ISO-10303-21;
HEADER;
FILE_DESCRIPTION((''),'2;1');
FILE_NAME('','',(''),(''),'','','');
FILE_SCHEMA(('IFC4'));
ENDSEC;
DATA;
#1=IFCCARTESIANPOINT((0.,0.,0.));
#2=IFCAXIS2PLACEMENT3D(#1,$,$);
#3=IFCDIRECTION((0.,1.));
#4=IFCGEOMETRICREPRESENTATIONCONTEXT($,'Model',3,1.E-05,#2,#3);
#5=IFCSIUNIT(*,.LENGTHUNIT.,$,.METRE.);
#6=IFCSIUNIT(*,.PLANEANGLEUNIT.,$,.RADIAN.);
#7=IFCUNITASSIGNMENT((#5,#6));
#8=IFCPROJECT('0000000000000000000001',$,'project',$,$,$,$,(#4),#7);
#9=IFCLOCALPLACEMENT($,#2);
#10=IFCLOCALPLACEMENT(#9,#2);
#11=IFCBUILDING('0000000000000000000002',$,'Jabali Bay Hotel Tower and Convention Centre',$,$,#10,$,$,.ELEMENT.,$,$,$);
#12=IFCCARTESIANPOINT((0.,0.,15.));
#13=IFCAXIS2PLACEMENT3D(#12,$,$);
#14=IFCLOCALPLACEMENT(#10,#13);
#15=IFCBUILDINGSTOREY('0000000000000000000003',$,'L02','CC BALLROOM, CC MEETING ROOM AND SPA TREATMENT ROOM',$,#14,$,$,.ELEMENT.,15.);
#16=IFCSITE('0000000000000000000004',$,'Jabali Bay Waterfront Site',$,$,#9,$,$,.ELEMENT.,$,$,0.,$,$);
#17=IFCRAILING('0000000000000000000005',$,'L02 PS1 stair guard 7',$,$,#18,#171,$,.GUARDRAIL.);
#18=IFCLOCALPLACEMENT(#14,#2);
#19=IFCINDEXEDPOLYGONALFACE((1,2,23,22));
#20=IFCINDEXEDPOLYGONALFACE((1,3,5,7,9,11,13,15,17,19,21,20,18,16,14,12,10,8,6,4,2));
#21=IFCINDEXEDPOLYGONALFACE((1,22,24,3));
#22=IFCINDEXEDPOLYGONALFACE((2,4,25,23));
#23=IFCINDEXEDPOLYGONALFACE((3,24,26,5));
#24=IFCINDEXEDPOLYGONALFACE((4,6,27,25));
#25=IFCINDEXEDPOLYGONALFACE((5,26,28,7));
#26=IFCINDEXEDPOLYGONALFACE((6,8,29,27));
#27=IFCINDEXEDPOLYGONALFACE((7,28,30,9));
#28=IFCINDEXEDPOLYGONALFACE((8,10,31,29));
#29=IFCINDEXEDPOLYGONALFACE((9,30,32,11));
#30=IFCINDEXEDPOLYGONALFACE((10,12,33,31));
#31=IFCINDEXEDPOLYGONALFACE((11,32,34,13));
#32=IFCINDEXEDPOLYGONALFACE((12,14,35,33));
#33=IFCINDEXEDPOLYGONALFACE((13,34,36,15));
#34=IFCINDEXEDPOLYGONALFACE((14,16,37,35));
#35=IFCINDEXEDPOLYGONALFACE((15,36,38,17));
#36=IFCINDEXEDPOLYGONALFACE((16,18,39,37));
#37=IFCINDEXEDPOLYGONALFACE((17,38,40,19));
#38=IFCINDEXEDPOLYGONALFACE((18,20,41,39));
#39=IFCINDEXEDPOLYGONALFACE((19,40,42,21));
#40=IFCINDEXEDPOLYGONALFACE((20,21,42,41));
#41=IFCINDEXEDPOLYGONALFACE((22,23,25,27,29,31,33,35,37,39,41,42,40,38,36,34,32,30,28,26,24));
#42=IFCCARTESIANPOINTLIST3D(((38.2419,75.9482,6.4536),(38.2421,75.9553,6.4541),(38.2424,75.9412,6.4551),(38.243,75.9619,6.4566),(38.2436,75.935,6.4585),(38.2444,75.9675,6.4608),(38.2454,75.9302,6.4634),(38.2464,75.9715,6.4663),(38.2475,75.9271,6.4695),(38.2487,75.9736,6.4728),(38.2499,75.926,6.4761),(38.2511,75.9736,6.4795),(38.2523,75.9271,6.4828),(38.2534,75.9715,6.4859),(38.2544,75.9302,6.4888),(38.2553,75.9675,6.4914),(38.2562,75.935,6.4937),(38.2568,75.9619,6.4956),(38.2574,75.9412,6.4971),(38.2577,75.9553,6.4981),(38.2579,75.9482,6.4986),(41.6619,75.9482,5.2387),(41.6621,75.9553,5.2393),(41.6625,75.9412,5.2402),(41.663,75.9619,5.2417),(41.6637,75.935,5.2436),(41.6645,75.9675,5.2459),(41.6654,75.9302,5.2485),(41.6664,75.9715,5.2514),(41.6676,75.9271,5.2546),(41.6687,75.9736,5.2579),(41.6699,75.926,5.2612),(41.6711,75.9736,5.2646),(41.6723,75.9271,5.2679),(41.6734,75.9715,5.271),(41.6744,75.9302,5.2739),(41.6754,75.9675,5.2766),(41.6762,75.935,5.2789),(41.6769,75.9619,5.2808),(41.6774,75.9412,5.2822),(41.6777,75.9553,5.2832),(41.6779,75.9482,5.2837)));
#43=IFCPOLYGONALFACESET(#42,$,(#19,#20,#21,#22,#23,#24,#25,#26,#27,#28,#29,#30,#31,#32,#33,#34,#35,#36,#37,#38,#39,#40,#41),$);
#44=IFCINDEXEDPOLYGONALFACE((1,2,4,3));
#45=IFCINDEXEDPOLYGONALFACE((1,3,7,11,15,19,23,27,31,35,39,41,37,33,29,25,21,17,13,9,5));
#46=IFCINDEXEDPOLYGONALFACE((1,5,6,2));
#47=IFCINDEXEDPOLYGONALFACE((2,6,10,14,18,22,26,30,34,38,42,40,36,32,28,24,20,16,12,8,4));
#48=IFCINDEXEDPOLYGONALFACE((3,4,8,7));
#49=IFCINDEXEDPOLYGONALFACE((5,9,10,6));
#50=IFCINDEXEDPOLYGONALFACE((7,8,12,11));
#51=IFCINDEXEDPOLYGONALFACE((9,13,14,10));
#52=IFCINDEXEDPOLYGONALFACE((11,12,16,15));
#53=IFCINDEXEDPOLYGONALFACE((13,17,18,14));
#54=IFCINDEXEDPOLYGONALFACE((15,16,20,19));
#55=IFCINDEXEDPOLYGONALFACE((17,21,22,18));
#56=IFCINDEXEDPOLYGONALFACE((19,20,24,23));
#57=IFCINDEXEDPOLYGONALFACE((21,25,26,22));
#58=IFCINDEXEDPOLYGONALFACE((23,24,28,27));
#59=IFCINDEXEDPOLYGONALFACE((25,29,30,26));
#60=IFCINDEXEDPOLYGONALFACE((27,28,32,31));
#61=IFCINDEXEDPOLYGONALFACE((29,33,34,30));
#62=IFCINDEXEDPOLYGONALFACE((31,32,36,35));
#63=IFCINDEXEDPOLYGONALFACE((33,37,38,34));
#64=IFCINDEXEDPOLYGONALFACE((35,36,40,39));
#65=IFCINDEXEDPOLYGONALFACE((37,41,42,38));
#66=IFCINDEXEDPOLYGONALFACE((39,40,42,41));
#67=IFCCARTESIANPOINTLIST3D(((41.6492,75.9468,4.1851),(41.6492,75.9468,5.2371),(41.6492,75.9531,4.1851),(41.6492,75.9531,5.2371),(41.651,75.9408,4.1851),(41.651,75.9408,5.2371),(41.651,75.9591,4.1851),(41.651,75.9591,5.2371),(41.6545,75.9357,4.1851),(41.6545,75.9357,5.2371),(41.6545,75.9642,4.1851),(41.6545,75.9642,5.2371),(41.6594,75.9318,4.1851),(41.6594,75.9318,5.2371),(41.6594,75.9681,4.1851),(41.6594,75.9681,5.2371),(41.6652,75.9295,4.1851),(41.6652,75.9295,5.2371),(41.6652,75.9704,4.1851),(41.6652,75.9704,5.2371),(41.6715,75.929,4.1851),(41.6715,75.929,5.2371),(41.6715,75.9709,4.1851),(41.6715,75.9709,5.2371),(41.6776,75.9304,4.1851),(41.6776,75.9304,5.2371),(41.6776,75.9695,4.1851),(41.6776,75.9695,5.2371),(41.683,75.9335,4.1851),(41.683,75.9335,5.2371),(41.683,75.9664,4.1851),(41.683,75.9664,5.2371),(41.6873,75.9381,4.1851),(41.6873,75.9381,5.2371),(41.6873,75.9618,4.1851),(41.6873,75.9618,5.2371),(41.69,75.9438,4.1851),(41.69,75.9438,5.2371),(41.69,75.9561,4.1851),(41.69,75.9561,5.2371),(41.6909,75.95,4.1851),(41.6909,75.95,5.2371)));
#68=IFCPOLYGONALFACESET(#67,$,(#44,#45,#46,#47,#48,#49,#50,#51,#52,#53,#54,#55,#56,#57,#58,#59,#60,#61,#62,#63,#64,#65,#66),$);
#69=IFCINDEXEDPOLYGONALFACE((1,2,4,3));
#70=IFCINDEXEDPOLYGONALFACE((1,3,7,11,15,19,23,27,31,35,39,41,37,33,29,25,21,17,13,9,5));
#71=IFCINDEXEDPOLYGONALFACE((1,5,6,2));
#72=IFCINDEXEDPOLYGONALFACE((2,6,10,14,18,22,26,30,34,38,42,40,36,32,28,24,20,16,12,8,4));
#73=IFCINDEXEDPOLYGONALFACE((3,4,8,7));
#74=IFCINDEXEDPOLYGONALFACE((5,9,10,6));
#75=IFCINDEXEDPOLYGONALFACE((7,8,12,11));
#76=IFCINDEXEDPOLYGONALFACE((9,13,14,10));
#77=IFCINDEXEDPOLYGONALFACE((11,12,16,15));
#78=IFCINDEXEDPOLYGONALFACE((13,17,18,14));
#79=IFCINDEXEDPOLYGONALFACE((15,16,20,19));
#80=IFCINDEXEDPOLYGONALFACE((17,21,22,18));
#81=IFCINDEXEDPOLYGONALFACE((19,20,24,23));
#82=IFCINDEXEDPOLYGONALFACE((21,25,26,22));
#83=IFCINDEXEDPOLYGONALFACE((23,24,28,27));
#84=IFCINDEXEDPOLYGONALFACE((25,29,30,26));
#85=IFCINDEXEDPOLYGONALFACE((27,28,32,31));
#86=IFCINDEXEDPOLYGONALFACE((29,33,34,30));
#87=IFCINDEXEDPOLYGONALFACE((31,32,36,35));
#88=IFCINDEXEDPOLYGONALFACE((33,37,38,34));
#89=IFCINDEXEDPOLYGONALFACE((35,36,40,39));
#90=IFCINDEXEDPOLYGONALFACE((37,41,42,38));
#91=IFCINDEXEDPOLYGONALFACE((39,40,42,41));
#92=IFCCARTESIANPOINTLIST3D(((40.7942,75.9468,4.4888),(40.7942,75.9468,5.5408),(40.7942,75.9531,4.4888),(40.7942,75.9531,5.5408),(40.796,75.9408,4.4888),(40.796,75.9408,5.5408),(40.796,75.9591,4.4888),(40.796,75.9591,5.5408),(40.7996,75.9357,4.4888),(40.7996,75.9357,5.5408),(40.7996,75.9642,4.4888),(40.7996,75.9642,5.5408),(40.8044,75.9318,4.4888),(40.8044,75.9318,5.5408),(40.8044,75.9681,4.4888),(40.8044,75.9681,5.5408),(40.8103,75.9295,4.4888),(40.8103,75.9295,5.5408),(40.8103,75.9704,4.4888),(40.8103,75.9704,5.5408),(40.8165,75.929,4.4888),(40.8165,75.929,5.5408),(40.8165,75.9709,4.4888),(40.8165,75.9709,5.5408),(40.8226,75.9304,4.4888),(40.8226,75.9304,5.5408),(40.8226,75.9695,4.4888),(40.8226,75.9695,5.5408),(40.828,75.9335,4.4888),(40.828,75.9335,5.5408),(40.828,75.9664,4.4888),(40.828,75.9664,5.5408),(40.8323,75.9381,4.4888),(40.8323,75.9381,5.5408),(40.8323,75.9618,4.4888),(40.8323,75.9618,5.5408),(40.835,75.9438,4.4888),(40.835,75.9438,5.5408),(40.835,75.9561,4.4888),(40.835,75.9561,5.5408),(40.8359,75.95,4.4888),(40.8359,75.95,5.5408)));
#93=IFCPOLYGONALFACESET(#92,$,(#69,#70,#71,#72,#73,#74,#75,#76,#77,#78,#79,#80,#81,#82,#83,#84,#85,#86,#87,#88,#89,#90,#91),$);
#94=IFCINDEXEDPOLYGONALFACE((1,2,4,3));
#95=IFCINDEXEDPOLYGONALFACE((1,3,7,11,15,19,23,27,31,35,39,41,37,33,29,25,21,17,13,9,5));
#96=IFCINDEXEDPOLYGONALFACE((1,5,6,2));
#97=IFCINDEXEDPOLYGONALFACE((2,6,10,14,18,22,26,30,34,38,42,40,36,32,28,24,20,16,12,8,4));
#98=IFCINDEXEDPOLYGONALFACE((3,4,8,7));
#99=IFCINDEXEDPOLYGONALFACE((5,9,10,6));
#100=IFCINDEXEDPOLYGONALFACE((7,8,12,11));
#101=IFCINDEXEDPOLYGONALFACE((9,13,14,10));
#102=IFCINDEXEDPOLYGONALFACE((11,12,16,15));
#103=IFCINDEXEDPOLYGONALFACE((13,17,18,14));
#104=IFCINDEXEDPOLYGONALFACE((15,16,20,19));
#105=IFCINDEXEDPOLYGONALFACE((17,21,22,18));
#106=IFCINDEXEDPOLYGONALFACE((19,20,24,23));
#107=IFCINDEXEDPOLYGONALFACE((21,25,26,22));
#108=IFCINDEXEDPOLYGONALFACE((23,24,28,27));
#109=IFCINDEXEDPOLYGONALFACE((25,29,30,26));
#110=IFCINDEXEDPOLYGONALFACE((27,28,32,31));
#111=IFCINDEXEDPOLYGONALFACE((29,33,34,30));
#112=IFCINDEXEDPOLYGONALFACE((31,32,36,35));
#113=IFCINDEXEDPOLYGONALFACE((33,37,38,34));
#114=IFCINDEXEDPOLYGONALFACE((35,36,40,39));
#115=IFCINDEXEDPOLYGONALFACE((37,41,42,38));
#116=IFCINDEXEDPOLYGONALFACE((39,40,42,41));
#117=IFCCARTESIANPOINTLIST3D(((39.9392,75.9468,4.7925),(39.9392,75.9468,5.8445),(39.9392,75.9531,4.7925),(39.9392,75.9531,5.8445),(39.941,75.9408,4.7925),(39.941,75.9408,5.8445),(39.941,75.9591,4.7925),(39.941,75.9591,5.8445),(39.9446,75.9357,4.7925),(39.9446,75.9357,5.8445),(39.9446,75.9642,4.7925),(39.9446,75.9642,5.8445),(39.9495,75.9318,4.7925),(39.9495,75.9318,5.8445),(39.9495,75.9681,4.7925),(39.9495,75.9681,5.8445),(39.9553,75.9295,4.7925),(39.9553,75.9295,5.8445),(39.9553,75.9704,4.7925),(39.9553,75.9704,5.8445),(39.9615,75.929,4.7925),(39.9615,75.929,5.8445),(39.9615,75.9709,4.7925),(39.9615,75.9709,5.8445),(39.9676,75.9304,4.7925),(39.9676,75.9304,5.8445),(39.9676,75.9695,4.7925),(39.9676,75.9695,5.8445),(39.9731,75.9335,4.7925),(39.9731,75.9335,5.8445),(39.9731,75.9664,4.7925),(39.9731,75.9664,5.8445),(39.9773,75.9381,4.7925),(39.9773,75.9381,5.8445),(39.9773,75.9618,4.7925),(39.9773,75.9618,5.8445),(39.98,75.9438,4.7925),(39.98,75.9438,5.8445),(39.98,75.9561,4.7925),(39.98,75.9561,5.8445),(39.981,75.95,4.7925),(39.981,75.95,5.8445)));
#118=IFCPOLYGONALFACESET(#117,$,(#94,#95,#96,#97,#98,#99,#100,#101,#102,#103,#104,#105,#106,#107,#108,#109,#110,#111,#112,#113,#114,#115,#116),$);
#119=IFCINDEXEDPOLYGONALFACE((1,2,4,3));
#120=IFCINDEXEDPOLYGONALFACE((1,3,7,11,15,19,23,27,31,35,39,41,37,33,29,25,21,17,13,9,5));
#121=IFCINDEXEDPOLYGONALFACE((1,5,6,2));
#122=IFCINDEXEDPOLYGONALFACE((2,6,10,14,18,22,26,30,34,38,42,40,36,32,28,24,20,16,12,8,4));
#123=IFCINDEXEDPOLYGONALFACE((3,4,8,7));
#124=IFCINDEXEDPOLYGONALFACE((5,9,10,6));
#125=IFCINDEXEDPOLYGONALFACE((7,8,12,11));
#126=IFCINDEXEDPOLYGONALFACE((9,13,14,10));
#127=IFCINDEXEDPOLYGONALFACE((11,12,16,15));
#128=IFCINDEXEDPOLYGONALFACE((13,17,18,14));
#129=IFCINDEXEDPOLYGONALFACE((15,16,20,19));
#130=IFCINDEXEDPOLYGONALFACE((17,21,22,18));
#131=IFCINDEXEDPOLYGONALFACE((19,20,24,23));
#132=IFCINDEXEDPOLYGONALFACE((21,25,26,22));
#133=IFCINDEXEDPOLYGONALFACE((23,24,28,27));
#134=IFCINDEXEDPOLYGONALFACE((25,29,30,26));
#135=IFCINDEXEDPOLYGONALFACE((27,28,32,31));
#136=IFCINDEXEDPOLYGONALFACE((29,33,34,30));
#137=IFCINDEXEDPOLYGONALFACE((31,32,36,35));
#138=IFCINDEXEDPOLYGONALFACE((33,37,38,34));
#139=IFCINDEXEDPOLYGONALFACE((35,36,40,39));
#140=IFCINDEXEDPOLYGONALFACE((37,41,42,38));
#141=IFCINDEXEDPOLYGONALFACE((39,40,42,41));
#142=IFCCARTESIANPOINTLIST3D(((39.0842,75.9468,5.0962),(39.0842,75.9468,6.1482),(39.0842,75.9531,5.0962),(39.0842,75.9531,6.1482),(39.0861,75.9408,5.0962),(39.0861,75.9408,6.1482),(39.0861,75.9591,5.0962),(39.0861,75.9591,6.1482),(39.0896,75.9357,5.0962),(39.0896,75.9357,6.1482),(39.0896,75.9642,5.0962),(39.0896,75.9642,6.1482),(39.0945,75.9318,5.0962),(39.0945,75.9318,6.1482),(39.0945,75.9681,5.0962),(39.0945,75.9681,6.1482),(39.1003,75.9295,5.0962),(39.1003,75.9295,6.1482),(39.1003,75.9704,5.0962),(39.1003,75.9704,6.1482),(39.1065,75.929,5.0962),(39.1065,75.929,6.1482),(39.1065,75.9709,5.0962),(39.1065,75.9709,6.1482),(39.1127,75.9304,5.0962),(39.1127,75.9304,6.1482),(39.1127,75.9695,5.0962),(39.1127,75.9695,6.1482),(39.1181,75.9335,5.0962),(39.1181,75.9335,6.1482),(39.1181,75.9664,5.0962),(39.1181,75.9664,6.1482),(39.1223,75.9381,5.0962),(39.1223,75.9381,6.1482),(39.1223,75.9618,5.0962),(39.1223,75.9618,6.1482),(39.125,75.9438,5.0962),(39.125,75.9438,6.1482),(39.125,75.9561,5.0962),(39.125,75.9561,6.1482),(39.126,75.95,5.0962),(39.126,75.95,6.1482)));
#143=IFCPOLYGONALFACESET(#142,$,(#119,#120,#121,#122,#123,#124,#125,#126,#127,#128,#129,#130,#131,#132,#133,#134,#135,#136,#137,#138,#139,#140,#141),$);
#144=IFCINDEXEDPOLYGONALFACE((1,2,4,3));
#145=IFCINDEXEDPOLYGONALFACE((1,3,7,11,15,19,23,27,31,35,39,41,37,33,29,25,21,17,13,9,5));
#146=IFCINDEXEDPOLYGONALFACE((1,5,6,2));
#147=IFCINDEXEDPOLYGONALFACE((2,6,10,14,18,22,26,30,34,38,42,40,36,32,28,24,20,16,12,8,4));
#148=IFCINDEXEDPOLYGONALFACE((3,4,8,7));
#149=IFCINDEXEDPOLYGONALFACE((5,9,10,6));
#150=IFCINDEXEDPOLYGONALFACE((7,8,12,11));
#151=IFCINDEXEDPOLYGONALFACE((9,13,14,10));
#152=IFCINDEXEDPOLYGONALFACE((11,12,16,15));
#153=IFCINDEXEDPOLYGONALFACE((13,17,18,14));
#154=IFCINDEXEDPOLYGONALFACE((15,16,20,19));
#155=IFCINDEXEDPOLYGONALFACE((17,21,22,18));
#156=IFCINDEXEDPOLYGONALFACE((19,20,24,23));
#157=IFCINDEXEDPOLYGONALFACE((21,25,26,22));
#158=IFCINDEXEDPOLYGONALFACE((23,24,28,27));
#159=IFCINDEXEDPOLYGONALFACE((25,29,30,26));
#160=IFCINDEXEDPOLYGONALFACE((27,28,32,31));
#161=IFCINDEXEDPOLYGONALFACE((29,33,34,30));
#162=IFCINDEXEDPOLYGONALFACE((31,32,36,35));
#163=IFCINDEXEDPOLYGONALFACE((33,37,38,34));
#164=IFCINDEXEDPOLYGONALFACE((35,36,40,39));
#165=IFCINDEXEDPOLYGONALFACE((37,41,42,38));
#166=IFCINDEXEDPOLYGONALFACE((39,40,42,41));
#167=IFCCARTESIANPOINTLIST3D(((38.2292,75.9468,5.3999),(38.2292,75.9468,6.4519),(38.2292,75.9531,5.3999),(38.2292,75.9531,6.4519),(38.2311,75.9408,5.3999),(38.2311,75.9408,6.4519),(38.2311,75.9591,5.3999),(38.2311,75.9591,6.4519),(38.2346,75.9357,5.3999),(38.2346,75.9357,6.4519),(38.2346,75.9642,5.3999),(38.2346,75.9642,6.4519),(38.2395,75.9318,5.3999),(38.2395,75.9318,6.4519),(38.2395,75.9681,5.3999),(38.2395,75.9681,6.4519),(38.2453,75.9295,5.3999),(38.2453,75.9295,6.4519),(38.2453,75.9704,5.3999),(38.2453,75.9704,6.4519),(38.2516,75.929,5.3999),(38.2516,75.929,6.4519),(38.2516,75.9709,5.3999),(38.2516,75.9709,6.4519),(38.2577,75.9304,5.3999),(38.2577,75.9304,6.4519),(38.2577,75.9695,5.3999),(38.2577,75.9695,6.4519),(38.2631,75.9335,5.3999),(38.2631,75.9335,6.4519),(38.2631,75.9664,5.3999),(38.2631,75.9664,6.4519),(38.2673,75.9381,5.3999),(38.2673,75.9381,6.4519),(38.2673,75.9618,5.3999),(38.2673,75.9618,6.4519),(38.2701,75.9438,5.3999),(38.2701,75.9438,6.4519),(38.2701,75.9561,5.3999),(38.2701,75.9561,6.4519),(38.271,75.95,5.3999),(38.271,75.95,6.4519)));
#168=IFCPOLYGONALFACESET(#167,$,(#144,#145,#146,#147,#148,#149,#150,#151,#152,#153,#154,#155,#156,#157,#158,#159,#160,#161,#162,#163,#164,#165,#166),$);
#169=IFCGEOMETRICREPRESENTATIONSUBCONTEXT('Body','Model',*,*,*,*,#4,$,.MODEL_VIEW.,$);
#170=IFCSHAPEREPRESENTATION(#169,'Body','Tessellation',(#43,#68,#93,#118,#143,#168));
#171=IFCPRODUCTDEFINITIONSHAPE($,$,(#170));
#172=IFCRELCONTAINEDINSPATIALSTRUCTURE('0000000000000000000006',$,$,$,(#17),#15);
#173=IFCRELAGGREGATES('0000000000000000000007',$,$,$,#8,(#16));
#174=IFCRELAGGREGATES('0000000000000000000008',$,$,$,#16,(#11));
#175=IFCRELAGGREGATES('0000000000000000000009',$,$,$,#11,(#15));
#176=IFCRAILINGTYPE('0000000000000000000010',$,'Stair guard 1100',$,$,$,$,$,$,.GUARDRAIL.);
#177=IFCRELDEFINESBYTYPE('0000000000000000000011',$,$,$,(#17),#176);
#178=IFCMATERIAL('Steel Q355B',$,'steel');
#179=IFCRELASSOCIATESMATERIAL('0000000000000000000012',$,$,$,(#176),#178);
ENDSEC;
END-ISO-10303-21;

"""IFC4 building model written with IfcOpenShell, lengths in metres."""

from ifc_helpers import new_model, si_unit, direction, frame, origin, origin_2d, place, context, subcontext, project, spatial, circle, extrude, material, type_object, element, save


model = new_model("IFC4")

# Units and contexts
model_context = context("Model", 3, precision=1e-05, world=origin(), true_north=direction((0.0, 1.0)))
body_context = subcontext(model_context, "Body", "Model", "MODEL_VIEW")
ifc_project = project(units=[si_unit("LENGTHUNIT", "METRE"), si_unit("PLANEANGLEUNIT", "RADIAN")], contexts=[model_context])

# Site, building, storey
site_placement = place(None, origin())
site = spatial("IfcSite", under=ifc_project, at=site_placement, Name="Jabali Bay Waterfront Site", CompositionType="ELEMENT", RefElevation=0.0)
building_placement = place(site_placement, origin())
building = spatial("IfcBuilding", under=site, at=building_placement, Name="Jabali Bay Hotel Tower and Convention Centre", CompositionType="ELEMENT")
storey_placement = place(building_placement, frame((0.0, 0.0, 15.0)))
storey = spatial("IfcBuildingStorey", under=building, at=storey_placement, Name="L02", Description="CC BALLROOM, CC MEETING ROOM AND SPA TREATMENT ROOM", CompositionType="ELEMENT", Elevation=15.0)

# Railing
ifc_material_1 = material(Name="Steel Q355B", Category="steel")
railing_type_1 = type_object("IfcRailingType", Name="Stair guard 1100", PredefinedType="GUARDRAIL", material=ifc_material_1)
railing_1_placement = place(storey_placement, frame((41.6699, 75.95, 4.1851)))
element("IfcRailing", 1, at=railing_1_placement, inside=storey, type_object=railing_type_1, Name="L02 PS1 stair guard 7", PredefinedType="GUARDRAIL", context=body_context, shape_type="SweptSolid", body=[
    extrude(circle(Radius=0.0239, at=origin_2d()), frame((0.0, 0.0, 1.0762), z_axis=(-0.942313, 0.0, 0.334734), x_axis=(0.0, -1.0, 0.0)), (0.0, 0.0, 1.0), 3.6294),
    extrude(circle(Radius=0.021, at=origin_2d()), origin(), (0.0, 0.0, 1.0), 1.052),
    extrude(circle(Radius=0.021, at=origin_2d()), frame((-0.855, 0.0, 0.3037)), (0.0, 0.0, 1.0), 1.052),
    extrude(circle(Radius=0.021, at=origin_2d()), frame((-1.71, 0.0, 0.6074)), (0.0, 0.0, 1.0), 1.052),
    extrude(circle(Radius=0.021, at=origin_2d()), frame((-2.5649, 0.0, 0.9111)), (0.0, 0.0, 1.0), 1.052),
    extrude(circle(Radius=0.021, at=origin_2d()), frame((-3.4199, 0.0, 1.2148)), (0.0, 0.0, 1.0), 1.052),
])

save(model, "model.ifc")
